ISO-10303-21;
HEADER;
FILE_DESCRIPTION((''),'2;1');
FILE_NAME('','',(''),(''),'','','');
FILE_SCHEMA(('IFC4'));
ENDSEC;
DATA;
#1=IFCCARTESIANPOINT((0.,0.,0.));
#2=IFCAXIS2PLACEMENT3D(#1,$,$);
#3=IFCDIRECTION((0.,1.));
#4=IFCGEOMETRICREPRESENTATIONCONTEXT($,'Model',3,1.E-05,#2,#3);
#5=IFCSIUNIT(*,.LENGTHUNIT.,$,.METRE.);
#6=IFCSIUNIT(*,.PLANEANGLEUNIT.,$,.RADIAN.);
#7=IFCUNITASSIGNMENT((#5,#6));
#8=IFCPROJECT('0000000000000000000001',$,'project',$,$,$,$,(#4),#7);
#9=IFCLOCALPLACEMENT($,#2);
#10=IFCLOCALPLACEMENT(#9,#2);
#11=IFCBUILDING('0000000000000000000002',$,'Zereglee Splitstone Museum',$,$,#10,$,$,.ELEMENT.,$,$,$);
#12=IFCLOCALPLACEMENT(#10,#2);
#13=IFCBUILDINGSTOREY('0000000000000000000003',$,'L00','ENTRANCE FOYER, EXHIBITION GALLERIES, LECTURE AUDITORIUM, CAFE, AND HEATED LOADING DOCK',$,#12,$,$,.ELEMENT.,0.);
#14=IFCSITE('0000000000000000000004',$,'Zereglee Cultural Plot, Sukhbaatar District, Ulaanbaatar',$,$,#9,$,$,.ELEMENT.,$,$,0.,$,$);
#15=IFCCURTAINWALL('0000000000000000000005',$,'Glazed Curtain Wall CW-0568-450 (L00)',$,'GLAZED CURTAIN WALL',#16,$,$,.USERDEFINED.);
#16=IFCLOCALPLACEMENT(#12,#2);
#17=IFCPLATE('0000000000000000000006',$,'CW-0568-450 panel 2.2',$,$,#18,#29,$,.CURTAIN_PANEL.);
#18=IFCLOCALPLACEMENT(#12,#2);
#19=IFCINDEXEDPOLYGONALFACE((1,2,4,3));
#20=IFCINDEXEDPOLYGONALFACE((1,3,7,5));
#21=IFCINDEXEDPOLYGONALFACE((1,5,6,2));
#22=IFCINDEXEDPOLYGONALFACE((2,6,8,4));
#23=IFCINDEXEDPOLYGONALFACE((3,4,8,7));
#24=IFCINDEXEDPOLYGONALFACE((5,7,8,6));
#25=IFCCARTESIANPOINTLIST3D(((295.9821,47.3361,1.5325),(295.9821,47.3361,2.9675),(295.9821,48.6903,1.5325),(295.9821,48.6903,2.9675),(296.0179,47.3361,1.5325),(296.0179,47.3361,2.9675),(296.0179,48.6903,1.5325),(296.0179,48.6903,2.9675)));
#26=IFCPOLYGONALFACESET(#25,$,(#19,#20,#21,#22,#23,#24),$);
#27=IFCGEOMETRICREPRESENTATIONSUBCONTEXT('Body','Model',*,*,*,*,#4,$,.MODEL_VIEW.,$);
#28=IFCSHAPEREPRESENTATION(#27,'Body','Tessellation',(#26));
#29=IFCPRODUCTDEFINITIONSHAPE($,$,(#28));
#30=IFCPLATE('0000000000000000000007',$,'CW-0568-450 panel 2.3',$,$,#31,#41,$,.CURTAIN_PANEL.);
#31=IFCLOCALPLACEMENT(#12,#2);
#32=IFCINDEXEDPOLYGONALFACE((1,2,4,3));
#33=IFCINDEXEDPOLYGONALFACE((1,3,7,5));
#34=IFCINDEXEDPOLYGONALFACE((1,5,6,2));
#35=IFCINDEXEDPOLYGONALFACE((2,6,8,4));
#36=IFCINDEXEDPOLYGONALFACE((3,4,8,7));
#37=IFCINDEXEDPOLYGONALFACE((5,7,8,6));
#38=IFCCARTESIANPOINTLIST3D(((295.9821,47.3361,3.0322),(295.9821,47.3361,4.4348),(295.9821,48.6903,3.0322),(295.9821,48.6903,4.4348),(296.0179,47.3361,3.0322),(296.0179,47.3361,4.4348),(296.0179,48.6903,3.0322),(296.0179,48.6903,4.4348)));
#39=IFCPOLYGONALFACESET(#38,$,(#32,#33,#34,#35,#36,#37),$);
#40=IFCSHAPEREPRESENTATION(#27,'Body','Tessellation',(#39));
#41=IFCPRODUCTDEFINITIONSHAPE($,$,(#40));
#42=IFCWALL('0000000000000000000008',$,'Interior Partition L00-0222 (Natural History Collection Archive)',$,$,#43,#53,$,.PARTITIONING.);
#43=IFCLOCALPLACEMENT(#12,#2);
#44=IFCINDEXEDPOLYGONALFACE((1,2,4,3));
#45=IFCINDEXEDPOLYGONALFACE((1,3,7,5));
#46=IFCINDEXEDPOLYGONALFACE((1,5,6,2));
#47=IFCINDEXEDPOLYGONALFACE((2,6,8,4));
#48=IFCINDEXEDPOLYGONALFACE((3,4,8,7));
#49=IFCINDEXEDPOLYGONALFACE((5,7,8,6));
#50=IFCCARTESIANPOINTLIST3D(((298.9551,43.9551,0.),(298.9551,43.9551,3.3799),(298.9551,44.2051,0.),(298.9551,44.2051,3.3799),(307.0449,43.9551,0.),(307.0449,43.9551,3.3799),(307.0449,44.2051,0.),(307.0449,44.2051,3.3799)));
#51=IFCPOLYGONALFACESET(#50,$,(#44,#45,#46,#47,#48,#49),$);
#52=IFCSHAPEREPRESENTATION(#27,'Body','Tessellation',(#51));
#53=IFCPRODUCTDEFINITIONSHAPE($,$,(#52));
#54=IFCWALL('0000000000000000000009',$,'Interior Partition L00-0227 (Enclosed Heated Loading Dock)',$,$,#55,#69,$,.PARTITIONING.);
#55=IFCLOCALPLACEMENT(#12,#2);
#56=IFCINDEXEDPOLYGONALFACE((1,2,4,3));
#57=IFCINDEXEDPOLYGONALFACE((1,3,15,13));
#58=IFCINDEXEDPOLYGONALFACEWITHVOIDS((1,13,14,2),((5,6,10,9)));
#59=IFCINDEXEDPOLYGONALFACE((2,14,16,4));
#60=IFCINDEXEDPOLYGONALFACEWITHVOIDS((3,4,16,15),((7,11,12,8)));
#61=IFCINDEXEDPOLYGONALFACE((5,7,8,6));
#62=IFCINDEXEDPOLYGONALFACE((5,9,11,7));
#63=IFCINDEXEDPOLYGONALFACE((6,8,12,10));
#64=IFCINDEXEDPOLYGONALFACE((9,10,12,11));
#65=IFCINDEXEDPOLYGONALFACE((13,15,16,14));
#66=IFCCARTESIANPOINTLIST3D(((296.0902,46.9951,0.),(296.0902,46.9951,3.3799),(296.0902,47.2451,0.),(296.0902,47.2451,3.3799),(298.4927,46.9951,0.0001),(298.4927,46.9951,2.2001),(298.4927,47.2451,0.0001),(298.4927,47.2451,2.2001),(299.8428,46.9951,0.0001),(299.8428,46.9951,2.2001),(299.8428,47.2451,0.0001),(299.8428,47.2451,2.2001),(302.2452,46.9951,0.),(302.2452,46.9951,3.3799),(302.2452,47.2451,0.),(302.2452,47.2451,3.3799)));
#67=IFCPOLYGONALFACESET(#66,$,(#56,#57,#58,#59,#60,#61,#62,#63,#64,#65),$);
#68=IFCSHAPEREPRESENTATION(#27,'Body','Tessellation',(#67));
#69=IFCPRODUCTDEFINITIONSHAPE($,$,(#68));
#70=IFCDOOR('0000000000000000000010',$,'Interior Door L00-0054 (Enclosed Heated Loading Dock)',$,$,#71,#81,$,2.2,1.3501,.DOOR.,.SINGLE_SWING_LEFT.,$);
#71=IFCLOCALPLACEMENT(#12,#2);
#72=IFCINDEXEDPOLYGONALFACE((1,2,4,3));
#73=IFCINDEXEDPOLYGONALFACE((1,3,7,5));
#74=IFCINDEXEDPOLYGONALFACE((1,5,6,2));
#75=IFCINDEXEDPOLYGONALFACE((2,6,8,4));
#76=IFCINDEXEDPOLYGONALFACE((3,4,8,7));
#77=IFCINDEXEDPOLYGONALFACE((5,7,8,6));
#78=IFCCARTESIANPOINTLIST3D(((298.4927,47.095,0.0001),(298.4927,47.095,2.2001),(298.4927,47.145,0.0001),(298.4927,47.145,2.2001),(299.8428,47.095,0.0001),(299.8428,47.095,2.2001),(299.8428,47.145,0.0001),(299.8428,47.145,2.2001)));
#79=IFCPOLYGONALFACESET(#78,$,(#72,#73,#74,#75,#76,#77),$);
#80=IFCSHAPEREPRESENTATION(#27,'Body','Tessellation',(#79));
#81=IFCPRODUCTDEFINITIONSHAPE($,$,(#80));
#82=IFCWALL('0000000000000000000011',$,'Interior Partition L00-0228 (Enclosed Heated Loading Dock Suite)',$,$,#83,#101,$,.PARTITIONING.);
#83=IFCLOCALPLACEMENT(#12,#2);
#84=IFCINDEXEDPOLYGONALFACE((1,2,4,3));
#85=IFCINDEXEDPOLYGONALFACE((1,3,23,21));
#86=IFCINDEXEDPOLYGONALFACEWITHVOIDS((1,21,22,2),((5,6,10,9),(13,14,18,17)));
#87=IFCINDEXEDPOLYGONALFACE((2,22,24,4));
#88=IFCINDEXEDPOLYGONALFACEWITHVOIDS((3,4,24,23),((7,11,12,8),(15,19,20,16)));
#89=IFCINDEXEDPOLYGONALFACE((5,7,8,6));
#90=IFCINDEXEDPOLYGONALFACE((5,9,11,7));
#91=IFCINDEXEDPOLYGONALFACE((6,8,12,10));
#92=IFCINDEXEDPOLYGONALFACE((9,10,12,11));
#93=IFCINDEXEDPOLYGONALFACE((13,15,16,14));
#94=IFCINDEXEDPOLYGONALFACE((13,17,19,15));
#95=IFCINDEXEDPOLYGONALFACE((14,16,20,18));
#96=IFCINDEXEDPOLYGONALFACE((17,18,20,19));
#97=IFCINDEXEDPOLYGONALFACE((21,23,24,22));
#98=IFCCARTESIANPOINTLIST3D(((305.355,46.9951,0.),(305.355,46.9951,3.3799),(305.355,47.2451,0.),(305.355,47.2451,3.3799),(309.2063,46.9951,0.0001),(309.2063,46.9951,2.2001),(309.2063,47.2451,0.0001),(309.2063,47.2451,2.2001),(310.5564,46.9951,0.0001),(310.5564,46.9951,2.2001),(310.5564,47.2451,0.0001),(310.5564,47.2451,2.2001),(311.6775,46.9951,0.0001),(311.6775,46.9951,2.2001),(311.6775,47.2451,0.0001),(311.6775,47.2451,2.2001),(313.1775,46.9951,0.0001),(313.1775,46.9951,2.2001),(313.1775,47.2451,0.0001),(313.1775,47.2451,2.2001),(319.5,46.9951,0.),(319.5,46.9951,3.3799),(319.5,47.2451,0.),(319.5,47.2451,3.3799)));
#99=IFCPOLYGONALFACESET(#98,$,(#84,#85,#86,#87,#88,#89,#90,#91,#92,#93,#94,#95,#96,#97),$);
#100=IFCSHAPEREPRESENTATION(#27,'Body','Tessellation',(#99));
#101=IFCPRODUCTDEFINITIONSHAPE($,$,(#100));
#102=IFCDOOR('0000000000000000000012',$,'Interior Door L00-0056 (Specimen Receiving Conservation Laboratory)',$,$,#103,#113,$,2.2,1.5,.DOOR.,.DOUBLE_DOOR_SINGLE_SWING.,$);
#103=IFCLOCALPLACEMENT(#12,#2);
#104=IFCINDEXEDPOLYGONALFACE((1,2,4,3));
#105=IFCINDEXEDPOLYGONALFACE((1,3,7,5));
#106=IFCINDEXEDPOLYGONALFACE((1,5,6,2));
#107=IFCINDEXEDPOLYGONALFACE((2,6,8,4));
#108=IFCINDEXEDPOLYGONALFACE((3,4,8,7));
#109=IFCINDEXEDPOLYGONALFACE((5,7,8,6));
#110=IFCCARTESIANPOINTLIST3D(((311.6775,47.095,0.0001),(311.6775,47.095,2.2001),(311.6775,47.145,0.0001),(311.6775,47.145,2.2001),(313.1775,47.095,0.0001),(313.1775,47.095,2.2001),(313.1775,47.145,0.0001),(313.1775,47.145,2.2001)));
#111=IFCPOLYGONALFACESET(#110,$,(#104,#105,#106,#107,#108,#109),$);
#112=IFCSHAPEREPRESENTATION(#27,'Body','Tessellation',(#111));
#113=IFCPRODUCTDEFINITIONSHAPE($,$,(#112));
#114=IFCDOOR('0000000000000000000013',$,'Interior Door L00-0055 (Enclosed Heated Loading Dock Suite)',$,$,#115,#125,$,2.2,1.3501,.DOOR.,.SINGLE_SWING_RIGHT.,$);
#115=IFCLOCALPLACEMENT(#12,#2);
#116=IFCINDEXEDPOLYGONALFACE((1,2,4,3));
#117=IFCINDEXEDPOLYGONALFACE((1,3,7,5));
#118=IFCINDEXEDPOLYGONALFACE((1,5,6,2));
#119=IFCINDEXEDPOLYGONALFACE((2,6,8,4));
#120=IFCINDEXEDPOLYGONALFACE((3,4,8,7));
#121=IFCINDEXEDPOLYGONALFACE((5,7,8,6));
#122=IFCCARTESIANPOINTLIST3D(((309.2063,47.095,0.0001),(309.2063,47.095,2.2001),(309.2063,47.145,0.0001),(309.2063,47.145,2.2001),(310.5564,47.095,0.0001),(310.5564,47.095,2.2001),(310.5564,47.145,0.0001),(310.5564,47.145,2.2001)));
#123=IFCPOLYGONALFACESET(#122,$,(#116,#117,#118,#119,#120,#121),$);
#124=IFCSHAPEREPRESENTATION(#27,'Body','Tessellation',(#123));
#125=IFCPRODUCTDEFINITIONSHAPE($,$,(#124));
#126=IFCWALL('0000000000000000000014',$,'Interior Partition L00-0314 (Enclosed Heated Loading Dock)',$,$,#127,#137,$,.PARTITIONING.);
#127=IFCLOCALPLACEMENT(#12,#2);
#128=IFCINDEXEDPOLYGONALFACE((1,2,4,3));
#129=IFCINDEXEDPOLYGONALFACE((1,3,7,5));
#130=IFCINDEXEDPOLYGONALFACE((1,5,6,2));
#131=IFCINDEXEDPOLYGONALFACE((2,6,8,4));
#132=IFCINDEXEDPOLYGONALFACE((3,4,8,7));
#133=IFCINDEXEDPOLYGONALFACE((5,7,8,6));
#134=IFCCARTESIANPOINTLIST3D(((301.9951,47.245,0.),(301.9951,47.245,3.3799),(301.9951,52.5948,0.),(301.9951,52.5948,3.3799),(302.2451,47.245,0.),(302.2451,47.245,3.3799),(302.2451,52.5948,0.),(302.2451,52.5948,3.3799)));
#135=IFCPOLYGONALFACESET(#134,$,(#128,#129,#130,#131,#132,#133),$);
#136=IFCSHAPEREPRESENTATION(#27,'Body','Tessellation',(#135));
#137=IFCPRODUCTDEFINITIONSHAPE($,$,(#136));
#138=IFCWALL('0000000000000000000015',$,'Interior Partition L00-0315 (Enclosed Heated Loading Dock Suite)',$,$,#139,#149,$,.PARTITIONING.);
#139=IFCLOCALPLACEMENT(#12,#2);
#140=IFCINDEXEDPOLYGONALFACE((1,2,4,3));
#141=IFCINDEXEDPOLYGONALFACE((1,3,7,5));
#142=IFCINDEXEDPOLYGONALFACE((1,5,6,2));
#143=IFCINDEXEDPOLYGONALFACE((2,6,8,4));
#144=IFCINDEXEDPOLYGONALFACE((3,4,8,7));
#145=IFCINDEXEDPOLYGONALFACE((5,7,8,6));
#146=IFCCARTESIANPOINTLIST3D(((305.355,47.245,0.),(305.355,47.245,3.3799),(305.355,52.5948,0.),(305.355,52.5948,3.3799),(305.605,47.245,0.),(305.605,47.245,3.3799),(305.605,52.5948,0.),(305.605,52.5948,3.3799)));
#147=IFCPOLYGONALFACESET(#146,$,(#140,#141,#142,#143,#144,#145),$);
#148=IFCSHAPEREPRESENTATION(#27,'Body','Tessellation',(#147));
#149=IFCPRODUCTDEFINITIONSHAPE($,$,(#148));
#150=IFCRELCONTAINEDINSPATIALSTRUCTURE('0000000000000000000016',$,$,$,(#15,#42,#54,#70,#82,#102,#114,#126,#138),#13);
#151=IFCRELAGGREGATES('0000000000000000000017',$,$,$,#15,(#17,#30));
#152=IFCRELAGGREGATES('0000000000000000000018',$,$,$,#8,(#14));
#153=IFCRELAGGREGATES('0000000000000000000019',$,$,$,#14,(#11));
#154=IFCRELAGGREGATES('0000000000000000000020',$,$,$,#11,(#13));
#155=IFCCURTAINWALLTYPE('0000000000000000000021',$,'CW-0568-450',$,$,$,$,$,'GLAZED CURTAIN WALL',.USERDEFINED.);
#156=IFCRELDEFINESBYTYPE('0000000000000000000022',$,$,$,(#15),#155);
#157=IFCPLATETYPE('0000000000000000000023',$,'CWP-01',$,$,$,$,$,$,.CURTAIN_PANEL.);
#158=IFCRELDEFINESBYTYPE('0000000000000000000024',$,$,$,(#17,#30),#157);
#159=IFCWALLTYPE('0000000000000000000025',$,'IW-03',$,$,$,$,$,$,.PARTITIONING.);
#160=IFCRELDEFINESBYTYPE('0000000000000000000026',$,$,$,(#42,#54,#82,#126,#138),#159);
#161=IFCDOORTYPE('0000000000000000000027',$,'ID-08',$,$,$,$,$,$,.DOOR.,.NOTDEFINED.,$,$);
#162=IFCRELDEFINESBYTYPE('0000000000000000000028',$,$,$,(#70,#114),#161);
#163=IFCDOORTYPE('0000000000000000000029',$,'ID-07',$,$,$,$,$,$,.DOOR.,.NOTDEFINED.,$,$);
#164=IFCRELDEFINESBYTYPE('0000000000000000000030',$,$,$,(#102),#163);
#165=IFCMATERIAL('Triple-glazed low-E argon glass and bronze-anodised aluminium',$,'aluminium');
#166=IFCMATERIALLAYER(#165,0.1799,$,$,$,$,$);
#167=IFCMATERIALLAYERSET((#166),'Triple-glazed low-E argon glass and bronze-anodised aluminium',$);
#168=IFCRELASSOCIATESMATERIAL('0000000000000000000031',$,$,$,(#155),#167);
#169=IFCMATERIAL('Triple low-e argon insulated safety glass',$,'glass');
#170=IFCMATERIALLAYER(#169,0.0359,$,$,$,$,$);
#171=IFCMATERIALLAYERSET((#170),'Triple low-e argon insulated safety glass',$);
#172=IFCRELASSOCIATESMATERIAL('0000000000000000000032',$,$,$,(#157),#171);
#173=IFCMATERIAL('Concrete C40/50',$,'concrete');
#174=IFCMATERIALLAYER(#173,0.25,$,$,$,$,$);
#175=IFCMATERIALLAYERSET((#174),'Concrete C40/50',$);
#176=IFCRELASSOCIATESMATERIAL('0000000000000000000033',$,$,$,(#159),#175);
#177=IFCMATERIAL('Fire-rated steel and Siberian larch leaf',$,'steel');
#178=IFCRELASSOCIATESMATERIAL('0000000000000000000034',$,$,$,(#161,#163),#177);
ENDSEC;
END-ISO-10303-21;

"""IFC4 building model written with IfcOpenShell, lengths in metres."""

from ifc_helpers import new_model, si_unit, direction, frame, frame_2d, origin, origin_2d, place, context, subcontext, project, spatial, rectangle, extrude, material, layer, layer_set, type_object, element, fill, aggregate, save


model = new_model("IFC4")

# Units and contexts
model_context = context("Model", 3, precision=1e-05, world=origin(), true_north=direction((0.0, 1.0)))
body_context = subcontext(model_context, "Body", "Model", "MODEL_VIEW")
ifc_project = project(units=[si_unit("LENGTHUNIT", "METRE"), si_unit("PLANEANGLEUNIT", "RADIAN")], contexts=[model_context])

# Site, building, storey
site_placement = place(None, origin())
site = spatial("IfcSite", under=ifc_project, at=site_placement, Name="Zereglee Cultural Plot, Sukhbaatar District, Ulaanbaatar", CompositionType="ELEMENT", RefElevation=0.0)
building_placement = place(site_placement, origin())
building = spatial("IfcBuilding", under=site, at=building_placement, Name="Zereglee Splitstone Museum", CompositionType="ELEMENT")
storey_placement = place(building_placement, origin())
storey = spatial("IfcBuildingStorey", under=building, at=storey_placement, Name="L00", Description="ENTRANCE FOYER, EXHIBITION GALLERIES, LECTURE AUDITORIUM, CAFE, AND HEATED LOADING DOCK", CompositionType="ELEMENT", Elevation=0.0)

# Curtain wall, plates
ifc_material_1 = material(Name="Triple-glazed low-E argon glass and bronze-anodised aluminium", Category="aluminium")
ifc_layer_1 = layer(ifc_material_1, 0.1799)
ifc_layer_set_1 = layer_set([ifc_layer_1], Name="Triple-glazed low-E argon glass and bronze-anodised aluminium")
curtain_wall_type = type_object("IfcCurtainWallType", Name="CW-0568-450", ElementType="GLAZED CURTAIN WALL", PredefinedType="USERDEFINED", material=ifc_layer_set_1)
curtain_wall_placement = place(storey_placement, origin())
curtain_wall = element("IfcCurtainWall", 1, at=curtain_wall_placement, inside=storey, type_object=curtain_wall_type, Name="Glazed Curtain Wall CW-0568-450 (L00)", ObjectType="GLAZED CURTAIN WALL", PredefinedType="USERDEFINED")
ifc_material_2 = material(Name="Triple low-e argon insulated safety glass", Category="glass")
ifc_layer_2 = layer(ifc_material_2, 0.0359)
ifc_layer_set_2 = layer_set([ifc_layer_2], Name="Triple low-e argon insulated safety glass")
plate_type = type_object("IfcPlateType", Name="CWP-01", PredefinedType="CURTAIN_PANEL", material=ifc_layer_set_2)
plate_1_placement = place(storey_placement, frame((296.0, 48.0132, 1.5325), z_axis=(0.0, 0.0, 1.0), x_axis=(0.0, -1.0, 0.0)))
plate_1 = element("IfcPlate", 2, at=plate_1_placement, type_object=plate_type, Name="CW-0568-450 panel 2.2", PredefinedType="CURTAIN_PANEL", context=body_context, shape_type="SweptSolid", body=[
    extrude(rectangle(XDim=1.3542, YDim=0.0359, at=origin_2d()), origin(), (0.0, 0.0, 1.0), 1.4351),
])
plate_2_placement = place(storey_placement, frame((296.0, 48.0132, 3.0322), z_axis=(0.0, 0.0, 1.0), x_axis=(0.0, -1.0, 0.0)))
plate_2 = element("IfcPlate", 3, at=plate_2_placement, type_object=plate_type, Name="CW-0568-450 panel 2.3", PredefinedType="CURTAIN_PANEL", context=body_context, shape_type="SweptSolid", body=[
    extrude(rectangle(XDim=1.3542, YDim=0.0359, at=origin_2d()), origin(), (0.0, 0.0, 1.0), 1.4026),
])
aggregate(curtain_wall, [plate_1, plate_2])

# Wall
ifc_material_3 = material(Name="Concrete C40/50", Category="concrete")
ifc_layer_3 = layer(ifc_material_3, 0.25)
ifc_layer_set_3 = layer_set([ifc_layer_3], Name="Concrete C40/50")
wall_type = type_object("IfcWallType", Name="IW-03", PredefinedType="PARTITIONING", material=ifc_layer_set_3)
wall_1_placement = place(storey_placement, frame((298.9551, 44.0801, 0.0), z_axis=(0.0, 0.0, 1.0), x_axis=(1.0, 0.0, 0.0)))
element("IfcWall", 4, at=wall_1_placement, inside=storey, type_object=wall_type, Name="Interior Partition L00-0222 (Natural History Collection Archive)", PredefinedType="PARTITIONING", context=body_context, shape_type="SweptSolid", body=[
    extrude(rectangle(XDim=8.0898, YDim=0.25, at=frame_2d((4.0449, 0.0))), origin(), (0.0, 0.0, 1.0), 3.3799),
])

# Wall, opening, door
wall_2_placement = place(storey_placement, frame((296.0901, 47.1201, 0.0), z_axis=(0.0, 0.0, 1.0), x_axis=(1.0, 0.0, 0.0)))
wall_2 = element("IfcWall", 5, at=wall_2_placement, inside=storey, type_object=wall_type, Name="Interior Partition L00-0227 (Enclosed Heated Loading Dock)", PredefinedType="PARTITIONING", context=body_context, shape_type="SweptSolid", body=[
    extrude(rectangle(XDim=6.155, YDim=0.25, at=frame_2d((3.0776, 0.0))), origin(), (0.0, 0.0, 1.0), 3.3799),
])
opening_1_placement = place(wall_2_placement, frame((2.4026, 0.0, 0.0)))
opening_1 = element("IfcOpeningElement", 6, at=opening_1_placement, cuts=wall_2, PredefinedType="OPENING", context=body_context, shape_type="SweptSolid", body=[
    extrude(rectangle(XDim=1.3501, YDim=2.2, at=frame_2d((0.675, 1.1001))), frame((0.0, 0.1399, 0.0), z_axis=(0.0, -1.0, 0.0), x_axis=(1.0, 0.0, 0.0)), (0.0, 0.0, 1.0), 0.2798),
])
ifc_material_4 = material(Name="Fire-rated steel and Siberian larch leaf", Category="steel")
door_type_1 = type_object("IfcDoorType", Name="ID-08", OperationType="NOTDEFINED", PredefinedType="DOOR", material=ifc_material_4)
door_1_placement = place(opening_1_placement, origin())
door_1 = element("IfcDoor", 7, at=door_1_placement, inside=storey, type_object=door_type_1, Name="Interior Door L00-0054 (Enclosed Heated Loading Dock)", OperationType="SINGLE_SWING_LEFT", OverallHeight=2.2, OverallWidth=1.3501, PredefinedType="DOOR", context=body_context, shape_type="SweptSolid", body=[
    extrude(rectangle(XDim=1.3501, YDim=2.2, at=frame_2d((0.675, 1.1001))), frame((0.0, 0.0249, 0.0), z_axis=(0.0, -1.0, 0.0), x_axis=(1.0, 0.0, 0.0)), (0.0, 0.0, 1.0), 0.05),
])
fill(opening_1, door_1)

# Wall, openings, doors
wall_3_placement = place(storey_placement, frame((305.355, 47.1201, 0.0), z_axis=(0.0, 0.0, 1.0), x_axis=(1.0, 0.0, 0.0)))
wall_3 = element("IfcWall", 8, at=wall_3_placement, inside=storey, type_object=wall_type, Name="Interior Partition L00-0228 (Enclosed Heated Loading Dock Suite)", PredefinedType="PARTITIONING", context=body_context, shape_type="SweptSolid", body=[
    extrude(rectangle(XDim=14.145, YDim=0.25, at=frame_2d((7.0725, 0.0))), origin(), (0.0, 0.0, 1.0), 3.3799),
])
opening_2_placement = place(wall_3_placement, frame((3.8513, 0.0, 0.0)))
opening_2 = element("IfcOpeningElement", 9, at=opening_2_placement, cuts=wall_3, PredefinedType="OPENING", context=body_context, shape_type="SweptSolid", body=[
    extrude(rectangle(XDim=1.3501, YDim=2.2, at=frame_2d((0.675, 1.1001))), frame((0.0, 0.1399, 0.0), z_axis=(0.0, -1.0, 0.0), x_axis=(1.0, 0.0, 0.0)), (0.0, 0.0, 1.0), 0.2798),
])
opening_3_placement = place(wall_3_placement, frame((6.3225, 0.0, 0.0)))
opening_3 = element("IfcOpeningElement", 10, at=opening_3_placement, cuts=wall_3, PredefinedType="OPENING", context=body_context, shape_type="SweptSolid", body=[
    extrude(rectangle(XDim=1.5, YDim=2.2, at=frame_2d((0.75, 1.1001))), frame((0.0, 0.1399, 0.0), z_axis=(0.0, -1.0, 0.0), x_axis=(1.0, 0.0, 0.0)), (0.0, 0.0, 1.0), 0.2798),
])
door_type_2 = type_object("IfcDoorType", Name="ID-07", OperationType="NOTDEFINED", PredefinedType="DOOR", material=ifc_material_4)
door_2_placement = place(opening_3_placement, origin())
door_2 = element("IfcDoor", 11, at=door_2_placement, inside=storey, type_object=door_type_2, Name="Interior Door L00-0056 (Specimen Receiving Conservation Laboratory)", OperationType="DOUBLE_DOOR_SINGLE_SWING", OverallHeight=2.2, OverallWidth=1.5, PredefinedType="DOOR", context=body_context, shape_type="SweptSolid", body=[
    extrude(rectangle(XDim=1.5, YDim=2.2, at=frame_2d((0.75, 1.1001))), frame((0.0, 0.0249, 0.0), z_axis=(0.0, -1.0, 0.0), x_axis=(1.0, 0.0, 0.0)), (0.0, 0.0, 1.0), 0.05),
])
fill(opening_3, door_2)
door_3_placement = place(opening_2_placement, origin())
door_3 = element("IfcDoor", 12, at=door_3_placement, inside=storey, type_object=door_type_1, Name="Interior Door L00-0055 (Enclosed Heated Loading Dock Suite)", OperationType="SINGLE_SWING_RIGHT", OverallHeight=2.2, OverallWidth=1.3501, PredefinedType="DOOR", context=body_context, shape_type="SweptSolid", body=[
    extrude(rectangle(XDim=1.3501, YDim=2.2, at=frame_2d((0.675, 1.1001))), frame((0.0, 0.0249, 0.0), z_axis=(0.0, -1.0, 0.0), x_axis=(1.0, 0.0, 0.0)), (0.0, 0.0, 1.0), 0.05),
])
fill(opening_2, door_3)

# Walls
for number, where, z_axis, x_axis, name in (
    (13, (302.1201, 47.2451, 0.0), (0.0, 0.0, 1.0), (0.0, 1.0, 0.0), "Interior Partition L00-0314 (Enclosed Heated Loading Dock)"),
    (14, (305.48, 47.2451, 0.0), (0.0, 0.0, 1.0), (0.0, 1.0, 0.0), "Interior Partition L00-0315 (Enclosed Heated Loading Dock Suite)"),
):
    element("IfcWall", number, at=place(storey_placement, frame(where, z_axis=z_axis, x_axis=x_axis)), inside=storey, type_object=wall_type, Name=name, PredefinedType="PARTITIONING", context=body_context, shape_type="SweptSolid", body=[
        extrude(rectangle(XDim=5.3499, YDim=0.25, at=frame_2d((2.6748, 0.0))), origin(), (0.0, 0.0, 1.0), 3.3799),
    ])

save(model, "model.ifc")
